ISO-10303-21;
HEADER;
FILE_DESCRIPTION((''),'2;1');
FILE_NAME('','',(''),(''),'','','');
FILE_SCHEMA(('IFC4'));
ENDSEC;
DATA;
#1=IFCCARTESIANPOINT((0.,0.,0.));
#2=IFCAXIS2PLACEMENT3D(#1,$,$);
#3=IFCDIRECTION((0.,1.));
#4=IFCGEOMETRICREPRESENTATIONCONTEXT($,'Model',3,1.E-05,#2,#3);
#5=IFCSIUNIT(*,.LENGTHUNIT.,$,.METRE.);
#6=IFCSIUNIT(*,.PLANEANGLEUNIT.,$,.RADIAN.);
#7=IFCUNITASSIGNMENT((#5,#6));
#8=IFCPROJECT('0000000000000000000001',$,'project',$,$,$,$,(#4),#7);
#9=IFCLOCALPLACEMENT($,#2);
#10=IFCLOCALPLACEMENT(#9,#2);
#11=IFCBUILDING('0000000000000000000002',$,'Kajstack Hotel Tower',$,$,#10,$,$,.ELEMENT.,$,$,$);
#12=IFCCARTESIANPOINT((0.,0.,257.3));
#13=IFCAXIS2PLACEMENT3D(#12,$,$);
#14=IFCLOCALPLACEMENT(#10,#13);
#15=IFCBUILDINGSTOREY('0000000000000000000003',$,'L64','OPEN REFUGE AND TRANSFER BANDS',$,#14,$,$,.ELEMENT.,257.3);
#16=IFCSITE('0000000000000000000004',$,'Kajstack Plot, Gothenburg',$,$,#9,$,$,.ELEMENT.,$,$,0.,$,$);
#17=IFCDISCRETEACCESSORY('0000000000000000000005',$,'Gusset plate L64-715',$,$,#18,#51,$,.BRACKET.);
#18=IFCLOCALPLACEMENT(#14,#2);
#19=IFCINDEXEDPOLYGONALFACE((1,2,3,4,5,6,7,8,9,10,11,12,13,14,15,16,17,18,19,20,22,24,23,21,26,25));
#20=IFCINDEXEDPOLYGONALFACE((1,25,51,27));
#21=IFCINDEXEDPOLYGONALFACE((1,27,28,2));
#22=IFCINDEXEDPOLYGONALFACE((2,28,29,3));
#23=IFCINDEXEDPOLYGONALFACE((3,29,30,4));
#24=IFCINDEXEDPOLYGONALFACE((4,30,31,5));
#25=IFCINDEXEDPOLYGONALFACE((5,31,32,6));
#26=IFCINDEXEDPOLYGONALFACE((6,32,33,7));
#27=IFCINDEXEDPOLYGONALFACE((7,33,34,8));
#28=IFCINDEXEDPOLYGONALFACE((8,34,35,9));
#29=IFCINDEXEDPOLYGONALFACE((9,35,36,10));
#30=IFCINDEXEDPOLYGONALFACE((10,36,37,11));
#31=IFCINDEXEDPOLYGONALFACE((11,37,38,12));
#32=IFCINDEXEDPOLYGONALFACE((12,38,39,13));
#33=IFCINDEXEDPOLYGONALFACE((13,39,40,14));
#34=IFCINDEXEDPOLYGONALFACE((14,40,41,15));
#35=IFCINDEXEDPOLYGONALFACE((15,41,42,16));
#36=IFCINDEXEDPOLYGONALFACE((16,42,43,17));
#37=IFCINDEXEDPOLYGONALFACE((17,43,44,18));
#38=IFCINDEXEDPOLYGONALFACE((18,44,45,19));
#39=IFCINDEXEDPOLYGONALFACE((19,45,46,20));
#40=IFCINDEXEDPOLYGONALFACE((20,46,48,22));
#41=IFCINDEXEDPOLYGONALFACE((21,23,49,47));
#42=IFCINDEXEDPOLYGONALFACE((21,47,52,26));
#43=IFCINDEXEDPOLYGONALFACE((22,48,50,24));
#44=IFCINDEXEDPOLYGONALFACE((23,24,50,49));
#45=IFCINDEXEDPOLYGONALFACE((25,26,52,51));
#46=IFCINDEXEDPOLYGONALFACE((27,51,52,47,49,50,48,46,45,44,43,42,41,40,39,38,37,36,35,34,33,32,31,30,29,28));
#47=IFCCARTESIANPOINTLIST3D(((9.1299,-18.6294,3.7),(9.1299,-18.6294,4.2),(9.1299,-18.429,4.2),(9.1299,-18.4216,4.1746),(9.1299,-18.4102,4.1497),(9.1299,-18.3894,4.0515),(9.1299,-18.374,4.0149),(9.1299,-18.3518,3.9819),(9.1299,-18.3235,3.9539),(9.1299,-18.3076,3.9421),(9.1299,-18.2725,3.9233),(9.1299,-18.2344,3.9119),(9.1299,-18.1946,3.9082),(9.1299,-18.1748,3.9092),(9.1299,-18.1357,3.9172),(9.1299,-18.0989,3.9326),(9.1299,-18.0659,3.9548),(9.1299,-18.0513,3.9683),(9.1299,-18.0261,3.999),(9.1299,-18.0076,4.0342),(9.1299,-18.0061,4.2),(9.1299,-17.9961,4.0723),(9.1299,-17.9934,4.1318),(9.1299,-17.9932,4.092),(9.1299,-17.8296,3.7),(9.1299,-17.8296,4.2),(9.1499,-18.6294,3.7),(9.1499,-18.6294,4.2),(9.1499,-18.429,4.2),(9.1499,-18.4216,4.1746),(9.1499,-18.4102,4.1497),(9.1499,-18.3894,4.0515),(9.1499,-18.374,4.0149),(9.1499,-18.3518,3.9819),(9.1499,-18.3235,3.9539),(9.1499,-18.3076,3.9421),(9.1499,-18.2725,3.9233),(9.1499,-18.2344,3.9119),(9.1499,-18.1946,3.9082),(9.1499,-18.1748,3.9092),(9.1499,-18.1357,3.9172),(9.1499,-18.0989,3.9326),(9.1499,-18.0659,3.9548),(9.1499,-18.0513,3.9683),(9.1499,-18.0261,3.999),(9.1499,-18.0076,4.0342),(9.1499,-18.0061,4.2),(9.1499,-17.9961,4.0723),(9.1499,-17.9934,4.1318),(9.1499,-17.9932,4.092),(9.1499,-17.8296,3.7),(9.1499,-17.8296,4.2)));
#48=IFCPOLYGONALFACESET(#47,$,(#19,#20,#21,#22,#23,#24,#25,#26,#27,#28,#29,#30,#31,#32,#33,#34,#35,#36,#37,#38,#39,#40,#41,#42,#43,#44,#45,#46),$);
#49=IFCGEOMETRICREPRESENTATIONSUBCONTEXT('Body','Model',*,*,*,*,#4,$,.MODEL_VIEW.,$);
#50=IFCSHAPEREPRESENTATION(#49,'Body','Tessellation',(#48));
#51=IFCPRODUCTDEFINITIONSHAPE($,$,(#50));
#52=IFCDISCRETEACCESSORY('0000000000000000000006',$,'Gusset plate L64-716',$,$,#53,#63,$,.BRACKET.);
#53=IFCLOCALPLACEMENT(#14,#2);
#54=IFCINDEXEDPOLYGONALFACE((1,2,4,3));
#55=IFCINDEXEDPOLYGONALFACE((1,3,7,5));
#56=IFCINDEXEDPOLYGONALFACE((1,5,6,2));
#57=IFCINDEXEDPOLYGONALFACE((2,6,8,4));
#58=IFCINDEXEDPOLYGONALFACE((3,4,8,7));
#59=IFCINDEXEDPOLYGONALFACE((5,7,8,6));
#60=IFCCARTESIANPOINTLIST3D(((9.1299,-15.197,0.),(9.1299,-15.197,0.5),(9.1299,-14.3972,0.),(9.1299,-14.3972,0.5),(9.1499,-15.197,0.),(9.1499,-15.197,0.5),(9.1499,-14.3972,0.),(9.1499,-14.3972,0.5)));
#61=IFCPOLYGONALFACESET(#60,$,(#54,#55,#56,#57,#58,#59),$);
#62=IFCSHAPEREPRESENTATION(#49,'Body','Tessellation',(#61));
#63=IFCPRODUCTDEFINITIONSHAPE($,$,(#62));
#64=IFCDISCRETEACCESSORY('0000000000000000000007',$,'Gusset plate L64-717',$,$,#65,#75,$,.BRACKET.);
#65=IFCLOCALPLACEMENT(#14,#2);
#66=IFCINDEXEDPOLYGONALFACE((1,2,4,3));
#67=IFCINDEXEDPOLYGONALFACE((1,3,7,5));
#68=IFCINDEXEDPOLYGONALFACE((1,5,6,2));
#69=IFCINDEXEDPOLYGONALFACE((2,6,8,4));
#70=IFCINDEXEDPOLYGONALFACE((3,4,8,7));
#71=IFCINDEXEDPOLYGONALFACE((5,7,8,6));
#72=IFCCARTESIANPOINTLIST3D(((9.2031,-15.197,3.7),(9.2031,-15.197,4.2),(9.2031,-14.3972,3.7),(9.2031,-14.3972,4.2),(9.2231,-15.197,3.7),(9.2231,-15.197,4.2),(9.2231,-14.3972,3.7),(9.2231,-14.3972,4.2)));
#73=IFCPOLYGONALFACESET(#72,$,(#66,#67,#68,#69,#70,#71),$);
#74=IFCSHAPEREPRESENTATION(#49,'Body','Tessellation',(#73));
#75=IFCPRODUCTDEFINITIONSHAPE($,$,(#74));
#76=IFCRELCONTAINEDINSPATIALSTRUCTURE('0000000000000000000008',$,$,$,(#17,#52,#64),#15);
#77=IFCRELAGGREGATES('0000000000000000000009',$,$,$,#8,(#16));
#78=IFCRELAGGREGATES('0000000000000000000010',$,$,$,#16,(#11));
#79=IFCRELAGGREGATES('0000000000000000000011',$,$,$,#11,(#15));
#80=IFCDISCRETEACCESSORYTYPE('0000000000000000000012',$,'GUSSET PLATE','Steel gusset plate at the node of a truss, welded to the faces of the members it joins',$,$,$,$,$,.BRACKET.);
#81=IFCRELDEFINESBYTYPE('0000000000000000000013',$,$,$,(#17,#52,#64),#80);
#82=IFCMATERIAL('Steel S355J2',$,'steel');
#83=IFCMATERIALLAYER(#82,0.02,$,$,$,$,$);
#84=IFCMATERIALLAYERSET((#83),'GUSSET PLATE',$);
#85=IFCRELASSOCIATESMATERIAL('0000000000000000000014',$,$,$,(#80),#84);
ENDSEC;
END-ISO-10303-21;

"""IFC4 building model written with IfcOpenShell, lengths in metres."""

from ifc_helpers import new_model, si_unit, direction, frame, origin, place, context, subcontext, project, spatial, polyline, outline, extrude, material, layer, layer_set, type_object, element, save


model = new_model("IFC4")

# Units and contexts
model_context = context("Model", 3, precision=1e-05, world=origin(), true_north=direction((0.0, 1.0)))
body_context = subcontext(model_context, "Body", "Model", "MODEL_VIEW")
ifc_project = project(units=[si_unit("LENGTHUNIT", "METRE"), si_unit("PLANEANGLEUNIT", "RADIAN")], contexts=[model_context])

# Site, building, storey
site_placement = place(None, origin())
site = spatial("IfcSite", under=ifc_project, at=site_placement, Name="Kajstack Plot, Gothenburg", CompositionType="ELEMENT", RefElevation=0.0)
building_placement = place(site_placement, origin())
building = spatial("IfcBuilding", under=site, at=building_placement, Name="Kajstack Hotel Tower", CompositionType="ELEMENT")
storey_placement = place(building_placement, frame((0.0, 0.0, 257.3)))
storey = spatial("IfcBuildingStorey", under=building, at=storey_placement, Name="L64", Description="OPEN REFUGE AND TRANSFER BANDS", CompositionType="ELEMENT", Elevation=257.3)

# Shared definitions
ifc_material_1 = material(Name="Steel S355J2", Category="steel")

# Discrete accessories
ifc_layer_1 = layer(ifc_material_1, 0.02)
ifc_layer_set_1 = layer_set([ifc_layer_1], Name="GUSSET PLATE")
discrete_accessory_type = type_object("IfcDiscreteAccessoryType", Name="GUSSET PLATE", Description="Steel gusset plate at the node of a truss, welded to the faces of the members it joins", PredefinedType="BRACKET", material=ifc_layer_set_1)
discrete_accessory_1_placement = place(storey_placement, frame((9.1299, -18.2295, 3.7), z_axis=(1.0, 0.0, 0.0), x_axis=(0.0, 1.0, 0.0)))
element("IfcDiscreteAccessory", 1, at=discrete_accessory_1_placement, inside=storey, type_object=discrete_accessory_type, Name="Gusset plate L64-715", PredefinedType="BRACKET", context=body_context, shape_type="SweptSolid", body=[
    extrude(outline(polyline([(0.3999, 0.5), (0.2234, 0.5), (0.2361, 0.4319), (0.2363, 0.3921), (0.2334, 0.3723), (0.2219, 0.3342), (0.2034, 0.2991), (0.1782, 0.2683), (0.1636, 0.2549), (0.1306, 0.2327), (0.0938, 0.2173), (0.0547, 0.2092), (0.0349, 0.2083), (-0.0049, 0.2119), (-0.043, 0.2234), (-0.0781, 0.2422), (-0.094, 0.2539), (-0.1223, 0.282), (-0.1445, 0.3149), (-0.1599, 0.3516), (-0.1807, 0.4497), (-0.1921, 0.4746), (-0.1995, 0.5), (-0.3999, 0.5), (-0.3999, 0.0), (0.3999, 0.0), (0.3999, 0.5)])), origin(), (0.0, 0.0, 1.0), 0.02),
])
for number, where, z_axis, x_axis, name in (
    (2, (9.1299, -14.7971, 0.0), (1.0, 0.0, 0.0), (0.0, 1.0, 0.0), "Gusset plate L64-716"),
    (3, (9.2031, -14.7971, 3.7), (1.0, 0.0, 0.0), (0.0, 1.0, 0.0), "Gusset plate L64-717"),
):
    element("IfcDiscreteAccessory", number, at=place(storey_placement, frame(where, z_axis=z_axis, x_axis=x_axis)), inside=storey, type_object=discrete_accessory_type, Name=name, PredefinedType="BRACKET", context=body_context, shape_type="SweptSolid", body=[
        extrude(outline(polyline([(-0.3999, 0.0), (0.3999, 0.0), (0.3999, 0.5), (-0.3999, 0.5), (-0.3999, 0.0)])), origin(), (0.0, 0.0, 1.0), 0.02),
    ])

save(model, "model.ifc")
